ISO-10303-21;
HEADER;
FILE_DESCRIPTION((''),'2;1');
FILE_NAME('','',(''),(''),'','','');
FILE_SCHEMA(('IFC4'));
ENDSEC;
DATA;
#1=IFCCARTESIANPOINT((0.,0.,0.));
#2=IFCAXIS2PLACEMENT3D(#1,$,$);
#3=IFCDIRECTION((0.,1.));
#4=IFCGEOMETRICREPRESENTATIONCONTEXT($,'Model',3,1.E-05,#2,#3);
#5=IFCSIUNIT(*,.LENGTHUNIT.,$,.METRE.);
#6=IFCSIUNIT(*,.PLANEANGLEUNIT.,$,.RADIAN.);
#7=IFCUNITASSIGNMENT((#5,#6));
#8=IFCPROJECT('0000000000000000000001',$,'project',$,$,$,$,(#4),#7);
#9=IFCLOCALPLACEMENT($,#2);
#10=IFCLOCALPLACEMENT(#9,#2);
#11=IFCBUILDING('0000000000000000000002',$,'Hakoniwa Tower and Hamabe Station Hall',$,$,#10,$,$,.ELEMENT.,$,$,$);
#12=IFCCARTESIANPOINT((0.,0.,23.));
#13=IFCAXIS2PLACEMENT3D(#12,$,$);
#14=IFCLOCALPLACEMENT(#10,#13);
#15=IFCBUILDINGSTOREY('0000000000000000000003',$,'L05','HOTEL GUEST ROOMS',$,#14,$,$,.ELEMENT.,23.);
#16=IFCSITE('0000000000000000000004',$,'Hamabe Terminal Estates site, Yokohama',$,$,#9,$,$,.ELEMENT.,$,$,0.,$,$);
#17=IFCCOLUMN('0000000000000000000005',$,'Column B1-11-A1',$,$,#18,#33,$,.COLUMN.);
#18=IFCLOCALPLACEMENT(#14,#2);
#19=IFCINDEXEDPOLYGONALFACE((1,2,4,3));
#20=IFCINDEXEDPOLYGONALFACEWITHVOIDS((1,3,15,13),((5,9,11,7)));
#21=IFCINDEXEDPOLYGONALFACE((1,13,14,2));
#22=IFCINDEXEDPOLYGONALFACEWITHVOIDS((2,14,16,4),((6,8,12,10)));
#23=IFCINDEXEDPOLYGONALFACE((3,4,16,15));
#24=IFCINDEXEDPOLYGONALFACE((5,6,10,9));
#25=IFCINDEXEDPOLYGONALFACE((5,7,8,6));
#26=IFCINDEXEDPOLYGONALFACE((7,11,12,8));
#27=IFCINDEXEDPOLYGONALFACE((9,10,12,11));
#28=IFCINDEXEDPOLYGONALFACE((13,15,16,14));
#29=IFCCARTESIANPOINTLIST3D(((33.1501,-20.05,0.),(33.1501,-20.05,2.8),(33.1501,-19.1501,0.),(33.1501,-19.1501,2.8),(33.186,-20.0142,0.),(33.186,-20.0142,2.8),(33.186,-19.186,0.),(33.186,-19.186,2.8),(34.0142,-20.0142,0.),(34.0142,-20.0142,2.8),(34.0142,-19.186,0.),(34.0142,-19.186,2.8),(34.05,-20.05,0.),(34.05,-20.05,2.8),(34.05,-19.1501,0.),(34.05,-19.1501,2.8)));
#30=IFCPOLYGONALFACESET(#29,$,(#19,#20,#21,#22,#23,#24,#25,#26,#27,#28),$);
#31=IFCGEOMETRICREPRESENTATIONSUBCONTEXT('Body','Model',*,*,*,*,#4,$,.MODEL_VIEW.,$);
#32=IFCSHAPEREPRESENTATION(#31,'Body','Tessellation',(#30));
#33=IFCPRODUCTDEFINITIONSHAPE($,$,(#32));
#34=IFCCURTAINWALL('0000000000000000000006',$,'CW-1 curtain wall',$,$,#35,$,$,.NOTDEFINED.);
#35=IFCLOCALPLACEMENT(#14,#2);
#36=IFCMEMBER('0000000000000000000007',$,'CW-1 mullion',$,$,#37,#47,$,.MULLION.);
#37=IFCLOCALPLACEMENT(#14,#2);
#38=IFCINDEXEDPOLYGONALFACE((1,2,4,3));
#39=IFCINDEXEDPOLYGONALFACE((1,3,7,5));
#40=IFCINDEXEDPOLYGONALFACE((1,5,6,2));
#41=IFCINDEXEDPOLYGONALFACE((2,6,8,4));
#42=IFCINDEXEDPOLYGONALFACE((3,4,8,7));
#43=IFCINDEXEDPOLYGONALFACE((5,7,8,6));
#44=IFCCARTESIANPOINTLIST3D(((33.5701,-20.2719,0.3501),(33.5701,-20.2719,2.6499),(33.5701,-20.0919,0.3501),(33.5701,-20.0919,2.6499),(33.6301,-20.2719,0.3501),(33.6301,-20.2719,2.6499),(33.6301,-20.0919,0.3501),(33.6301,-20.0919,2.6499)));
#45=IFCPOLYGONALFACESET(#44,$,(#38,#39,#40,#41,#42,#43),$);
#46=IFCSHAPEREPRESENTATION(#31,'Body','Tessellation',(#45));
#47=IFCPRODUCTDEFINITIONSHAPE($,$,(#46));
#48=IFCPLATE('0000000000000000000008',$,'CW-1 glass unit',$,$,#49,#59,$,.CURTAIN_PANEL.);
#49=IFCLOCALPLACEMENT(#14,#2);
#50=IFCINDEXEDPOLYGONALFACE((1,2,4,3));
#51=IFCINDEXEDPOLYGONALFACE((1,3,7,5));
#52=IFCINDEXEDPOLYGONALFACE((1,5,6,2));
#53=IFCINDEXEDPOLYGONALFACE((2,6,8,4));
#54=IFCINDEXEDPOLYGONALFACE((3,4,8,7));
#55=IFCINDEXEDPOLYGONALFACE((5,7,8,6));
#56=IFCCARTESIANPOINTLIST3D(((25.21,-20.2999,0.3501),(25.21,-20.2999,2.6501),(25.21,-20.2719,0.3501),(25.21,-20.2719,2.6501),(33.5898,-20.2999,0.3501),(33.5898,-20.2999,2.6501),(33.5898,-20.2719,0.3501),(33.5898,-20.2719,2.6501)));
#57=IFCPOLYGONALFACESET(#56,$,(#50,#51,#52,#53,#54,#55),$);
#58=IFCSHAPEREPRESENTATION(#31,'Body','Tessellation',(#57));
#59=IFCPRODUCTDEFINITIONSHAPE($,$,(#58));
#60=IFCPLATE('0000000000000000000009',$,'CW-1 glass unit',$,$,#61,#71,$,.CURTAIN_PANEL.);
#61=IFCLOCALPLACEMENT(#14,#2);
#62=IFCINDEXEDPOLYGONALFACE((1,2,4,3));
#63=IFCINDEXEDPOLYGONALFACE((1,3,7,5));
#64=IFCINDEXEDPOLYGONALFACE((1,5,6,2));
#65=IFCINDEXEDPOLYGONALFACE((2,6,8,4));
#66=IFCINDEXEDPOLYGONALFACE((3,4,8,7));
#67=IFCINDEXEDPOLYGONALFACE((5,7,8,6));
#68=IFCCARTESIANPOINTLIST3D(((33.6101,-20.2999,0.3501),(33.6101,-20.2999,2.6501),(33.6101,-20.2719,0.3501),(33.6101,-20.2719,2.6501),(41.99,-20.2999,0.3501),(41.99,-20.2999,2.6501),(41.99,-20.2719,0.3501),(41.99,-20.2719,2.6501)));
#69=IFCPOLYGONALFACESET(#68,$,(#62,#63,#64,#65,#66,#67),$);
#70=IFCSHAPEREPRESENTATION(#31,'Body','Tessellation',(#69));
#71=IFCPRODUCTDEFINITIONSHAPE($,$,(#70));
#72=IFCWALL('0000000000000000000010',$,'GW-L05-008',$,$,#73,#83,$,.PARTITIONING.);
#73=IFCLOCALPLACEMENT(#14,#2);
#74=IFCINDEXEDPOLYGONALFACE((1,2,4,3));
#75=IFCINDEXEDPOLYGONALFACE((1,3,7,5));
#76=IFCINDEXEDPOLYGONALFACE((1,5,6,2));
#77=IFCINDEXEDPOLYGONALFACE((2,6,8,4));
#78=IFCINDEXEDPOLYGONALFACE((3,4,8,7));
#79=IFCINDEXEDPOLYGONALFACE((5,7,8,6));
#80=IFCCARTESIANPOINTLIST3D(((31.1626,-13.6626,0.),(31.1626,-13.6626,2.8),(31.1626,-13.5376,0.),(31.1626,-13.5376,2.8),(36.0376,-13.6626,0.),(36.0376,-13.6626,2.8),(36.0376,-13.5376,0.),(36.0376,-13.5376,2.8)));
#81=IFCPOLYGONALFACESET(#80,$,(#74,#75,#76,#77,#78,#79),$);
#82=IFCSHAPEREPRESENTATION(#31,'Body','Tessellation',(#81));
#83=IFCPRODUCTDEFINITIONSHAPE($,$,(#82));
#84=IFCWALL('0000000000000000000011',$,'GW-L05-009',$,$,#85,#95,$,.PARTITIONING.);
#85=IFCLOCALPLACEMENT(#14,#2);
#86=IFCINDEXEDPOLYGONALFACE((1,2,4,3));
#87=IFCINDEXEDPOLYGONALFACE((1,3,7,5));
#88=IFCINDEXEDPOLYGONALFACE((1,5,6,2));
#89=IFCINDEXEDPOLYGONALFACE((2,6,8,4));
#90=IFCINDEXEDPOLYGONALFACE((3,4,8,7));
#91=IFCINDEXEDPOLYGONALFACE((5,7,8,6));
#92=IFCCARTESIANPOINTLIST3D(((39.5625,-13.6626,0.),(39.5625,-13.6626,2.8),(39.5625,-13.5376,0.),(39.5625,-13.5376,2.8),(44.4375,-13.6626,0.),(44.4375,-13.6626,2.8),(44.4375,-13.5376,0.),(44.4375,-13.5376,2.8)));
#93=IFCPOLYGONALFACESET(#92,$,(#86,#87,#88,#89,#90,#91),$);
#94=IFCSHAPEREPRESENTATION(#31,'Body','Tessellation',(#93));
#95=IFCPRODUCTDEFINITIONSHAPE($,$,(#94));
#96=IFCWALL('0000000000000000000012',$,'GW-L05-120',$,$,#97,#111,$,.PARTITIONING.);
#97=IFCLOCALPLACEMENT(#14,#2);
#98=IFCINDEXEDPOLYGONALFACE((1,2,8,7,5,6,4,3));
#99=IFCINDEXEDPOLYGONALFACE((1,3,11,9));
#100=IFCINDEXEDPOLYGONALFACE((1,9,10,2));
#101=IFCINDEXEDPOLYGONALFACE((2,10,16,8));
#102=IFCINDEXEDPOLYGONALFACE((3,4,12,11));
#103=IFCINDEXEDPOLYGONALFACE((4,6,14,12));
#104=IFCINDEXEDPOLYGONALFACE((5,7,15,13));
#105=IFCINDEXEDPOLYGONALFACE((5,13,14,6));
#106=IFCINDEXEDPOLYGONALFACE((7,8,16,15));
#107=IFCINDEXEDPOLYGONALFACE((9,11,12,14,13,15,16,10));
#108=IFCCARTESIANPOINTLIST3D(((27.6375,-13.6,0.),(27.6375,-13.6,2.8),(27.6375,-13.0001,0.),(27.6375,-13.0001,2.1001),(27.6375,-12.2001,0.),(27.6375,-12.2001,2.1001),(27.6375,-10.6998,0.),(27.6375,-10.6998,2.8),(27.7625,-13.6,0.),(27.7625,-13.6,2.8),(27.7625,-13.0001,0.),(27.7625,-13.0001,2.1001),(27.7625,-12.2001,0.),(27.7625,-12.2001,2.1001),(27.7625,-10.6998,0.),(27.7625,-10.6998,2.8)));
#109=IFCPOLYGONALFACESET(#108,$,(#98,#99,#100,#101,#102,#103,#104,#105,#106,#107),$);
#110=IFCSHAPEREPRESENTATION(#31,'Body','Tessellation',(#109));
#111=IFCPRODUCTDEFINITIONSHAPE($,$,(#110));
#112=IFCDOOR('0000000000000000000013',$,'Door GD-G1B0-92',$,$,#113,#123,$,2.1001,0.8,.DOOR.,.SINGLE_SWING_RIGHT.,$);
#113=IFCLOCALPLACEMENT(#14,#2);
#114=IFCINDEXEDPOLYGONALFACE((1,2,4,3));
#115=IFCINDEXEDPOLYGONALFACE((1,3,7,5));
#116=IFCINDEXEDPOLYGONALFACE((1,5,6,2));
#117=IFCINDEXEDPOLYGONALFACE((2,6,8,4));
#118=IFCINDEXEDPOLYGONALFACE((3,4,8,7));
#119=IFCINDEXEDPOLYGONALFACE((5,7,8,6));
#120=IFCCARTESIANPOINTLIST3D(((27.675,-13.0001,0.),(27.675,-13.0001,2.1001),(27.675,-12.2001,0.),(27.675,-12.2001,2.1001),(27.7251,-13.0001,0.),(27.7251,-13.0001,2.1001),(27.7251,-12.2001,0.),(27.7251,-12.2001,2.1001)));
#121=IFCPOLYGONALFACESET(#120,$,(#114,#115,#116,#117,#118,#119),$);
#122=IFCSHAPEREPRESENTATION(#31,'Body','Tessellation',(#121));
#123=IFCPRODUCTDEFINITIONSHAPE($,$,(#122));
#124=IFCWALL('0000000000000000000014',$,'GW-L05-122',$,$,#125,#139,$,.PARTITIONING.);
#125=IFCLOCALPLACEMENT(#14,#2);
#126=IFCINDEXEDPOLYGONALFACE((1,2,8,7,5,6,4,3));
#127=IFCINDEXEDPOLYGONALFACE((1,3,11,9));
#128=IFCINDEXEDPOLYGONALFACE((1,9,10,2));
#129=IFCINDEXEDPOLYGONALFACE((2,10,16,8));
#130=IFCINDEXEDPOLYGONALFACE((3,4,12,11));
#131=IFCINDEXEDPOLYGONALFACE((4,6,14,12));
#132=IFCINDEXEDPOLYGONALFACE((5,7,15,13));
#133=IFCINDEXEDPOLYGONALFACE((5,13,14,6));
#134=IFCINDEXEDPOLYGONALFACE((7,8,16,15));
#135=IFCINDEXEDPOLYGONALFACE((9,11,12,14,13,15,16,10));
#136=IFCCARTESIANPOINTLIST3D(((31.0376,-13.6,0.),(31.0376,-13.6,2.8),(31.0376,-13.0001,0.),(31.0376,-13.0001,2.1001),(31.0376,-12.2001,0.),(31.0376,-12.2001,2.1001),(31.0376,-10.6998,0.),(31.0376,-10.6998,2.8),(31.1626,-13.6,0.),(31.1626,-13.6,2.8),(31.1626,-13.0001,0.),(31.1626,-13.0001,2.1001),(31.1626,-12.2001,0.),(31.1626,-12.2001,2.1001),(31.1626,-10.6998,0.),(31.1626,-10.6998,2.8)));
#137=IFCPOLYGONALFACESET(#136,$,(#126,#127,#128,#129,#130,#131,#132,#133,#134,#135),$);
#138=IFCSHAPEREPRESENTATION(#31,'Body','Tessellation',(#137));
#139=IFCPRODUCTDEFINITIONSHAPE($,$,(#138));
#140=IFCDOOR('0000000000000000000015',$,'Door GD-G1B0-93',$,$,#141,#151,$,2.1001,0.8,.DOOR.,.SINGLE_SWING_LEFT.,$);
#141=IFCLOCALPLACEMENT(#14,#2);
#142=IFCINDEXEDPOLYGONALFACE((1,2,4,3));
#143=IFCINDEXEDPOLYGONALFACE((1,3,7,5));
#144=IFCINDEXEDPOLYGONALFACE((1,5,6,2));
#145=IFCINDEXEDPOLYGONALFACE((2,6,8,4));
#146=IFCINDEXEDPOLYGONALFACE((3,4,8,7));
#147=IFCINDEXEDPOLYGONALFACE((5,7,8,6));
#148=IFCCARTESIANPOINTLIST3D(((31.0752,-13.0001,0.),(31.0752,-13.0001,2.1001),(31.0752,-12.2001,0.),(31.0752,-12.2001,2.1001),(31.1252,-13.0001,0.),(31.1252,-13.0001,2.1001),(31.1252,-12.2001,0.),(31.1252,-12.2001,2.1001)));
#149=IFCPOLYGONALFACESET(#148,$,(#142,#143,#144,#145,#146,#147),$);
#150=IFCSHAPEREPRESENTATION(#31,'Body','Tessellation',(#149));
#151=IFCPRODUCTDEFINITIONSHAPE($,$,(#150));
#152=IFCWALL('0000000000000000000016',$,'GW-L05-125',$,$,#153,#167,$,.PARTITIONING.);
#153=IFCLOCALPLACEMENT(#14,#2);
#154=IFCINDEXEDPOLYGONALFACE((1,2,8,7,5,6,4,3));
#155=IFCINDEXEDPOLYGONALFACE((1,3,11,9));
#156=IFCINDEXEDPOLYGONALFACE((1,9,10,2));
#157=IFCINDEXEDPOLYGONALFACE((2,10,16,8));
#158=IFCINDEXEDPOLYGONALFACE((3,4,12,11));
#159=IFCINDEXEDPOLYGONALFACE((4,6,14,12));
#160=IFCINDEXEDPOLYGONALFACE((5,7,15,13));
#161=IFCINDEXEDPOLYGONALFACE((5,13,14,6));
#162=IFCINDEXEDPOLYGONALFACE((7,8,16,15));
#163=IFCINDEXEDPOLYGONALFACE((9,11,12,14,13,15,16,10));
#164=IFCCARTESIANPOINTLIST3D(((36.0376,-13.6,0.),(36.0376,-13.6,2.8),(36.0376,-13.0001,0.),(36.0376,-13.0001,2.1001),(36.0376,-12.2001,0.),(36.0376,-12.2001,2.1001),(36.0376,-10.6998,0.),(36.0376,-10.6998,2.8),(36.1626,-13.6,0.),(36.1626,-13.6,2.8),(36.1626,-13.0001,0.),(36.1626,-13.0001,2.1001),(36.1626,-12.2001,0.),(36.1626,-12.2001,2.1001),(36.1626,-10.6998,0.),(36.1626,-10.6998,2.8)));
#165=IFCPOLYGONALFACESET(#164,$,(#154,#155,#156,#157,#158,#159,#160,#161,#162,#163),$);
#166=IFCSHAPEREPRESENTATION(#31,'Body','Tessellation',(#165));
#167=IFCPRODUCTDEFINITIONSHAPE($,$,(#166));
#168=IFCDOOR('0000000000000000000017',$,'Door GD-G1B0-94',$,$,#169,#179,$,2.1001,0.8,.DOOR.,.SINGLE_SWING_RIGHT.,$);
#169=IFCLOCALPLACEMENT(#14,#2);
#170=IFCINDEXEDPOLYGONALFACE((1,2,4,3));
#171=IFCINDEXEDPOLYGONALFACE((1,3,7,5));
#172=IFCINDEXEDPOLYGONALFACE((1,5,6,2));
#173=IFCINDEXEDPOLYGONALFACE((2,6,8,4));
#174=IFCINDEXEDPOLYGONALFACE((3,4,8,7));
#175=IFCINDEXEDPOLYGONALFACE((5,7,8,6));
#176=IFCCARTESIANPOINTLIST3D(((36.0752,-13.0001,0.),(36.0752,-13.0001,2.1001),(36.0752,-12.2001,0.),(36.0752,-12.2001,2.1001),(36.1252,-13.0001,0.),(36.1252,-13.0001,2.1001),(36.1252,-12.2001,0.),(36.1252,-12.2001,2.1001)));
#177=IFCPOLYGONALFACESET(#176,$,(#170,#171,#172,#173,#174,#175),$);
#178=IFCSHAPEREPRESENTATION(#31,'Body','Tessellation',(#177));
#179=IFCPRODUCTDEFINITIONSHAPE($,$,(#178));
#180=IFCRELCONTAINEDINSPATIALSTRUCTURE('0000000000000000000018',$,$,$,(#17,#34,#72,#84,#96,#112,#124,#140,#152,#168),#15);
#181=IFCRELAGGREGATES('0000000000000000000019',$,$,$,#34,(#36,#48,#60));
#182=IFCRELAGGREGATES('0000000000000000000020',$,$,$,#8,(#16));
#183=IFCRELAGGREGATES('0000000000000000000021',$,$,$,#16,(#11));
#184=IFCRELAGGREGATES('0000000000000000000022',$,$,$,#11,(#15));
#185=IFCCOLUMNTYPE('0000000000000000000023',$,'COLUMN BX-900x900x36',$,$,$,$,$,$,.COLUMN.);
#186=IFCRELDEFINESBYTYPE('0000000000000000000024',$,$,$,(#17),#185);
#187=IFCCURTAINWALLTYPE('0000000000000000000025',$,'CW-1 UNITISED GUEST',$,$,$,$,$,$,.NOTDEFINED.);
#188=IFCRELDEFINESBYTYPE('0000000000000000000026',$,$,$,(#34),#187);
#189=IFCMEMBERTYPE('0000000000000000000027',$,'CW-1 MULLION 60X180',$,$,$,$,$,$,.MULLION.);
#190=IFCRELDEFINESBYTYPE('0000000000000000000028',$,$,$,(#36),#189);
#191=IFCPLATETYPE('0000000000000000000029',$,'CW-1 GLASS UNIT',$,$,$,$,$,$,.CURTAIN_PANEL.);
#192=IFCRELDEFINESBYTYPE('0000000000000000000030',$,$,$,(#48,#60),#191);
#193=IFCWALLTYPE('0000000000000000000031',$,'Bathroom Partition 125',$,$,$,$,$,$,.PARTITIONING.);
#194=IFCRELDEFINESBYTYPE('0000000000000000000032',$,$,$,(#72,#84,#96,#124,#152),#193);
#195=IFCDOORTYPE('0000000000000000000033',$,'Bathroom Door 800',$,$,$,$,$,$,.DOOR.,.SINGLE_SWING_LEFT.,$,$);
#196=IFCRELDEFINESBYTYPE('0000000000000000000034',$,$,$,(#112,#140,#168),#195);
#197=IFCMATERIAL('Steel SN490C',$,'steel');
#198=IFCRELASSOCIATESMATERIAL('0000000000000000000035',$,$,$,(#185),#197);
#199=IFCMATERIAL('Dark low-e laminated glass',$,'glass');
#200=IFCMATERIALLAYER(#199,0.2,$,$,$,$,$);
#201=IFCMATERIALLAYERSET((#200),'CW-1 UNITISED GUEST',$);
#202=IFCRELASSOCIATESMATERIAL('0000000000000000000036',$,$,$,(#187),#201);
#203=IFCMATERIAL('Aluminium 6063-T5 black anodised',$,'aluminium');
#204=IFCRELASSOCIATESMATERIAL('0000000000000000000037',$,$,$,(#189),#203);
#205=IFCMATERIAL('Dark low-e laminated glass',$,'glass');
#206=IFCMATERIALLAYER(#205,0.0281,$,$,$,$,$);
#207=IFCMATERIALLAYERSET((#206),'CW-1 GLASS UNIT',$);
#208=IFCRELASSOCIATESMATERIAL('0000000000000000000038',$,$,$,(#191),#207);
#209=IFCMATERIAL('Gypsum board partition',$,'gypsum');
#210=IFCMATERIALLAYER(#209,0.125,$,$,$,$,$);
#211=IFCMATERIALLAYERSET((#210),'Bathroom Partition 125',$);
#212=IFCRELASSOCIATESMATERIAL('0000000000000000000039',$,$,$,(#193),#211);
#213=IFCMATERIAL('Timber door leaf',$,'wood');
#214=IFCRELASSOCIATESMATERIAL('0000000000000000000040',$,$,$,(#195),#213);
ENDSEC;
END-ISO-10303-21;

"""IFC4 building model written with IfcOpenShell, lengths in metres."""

from ifc_helpers import new_model, si_unit, direction, frame, frame_2d, origin, origin_2d, place, context, subcontext, project, spatial, rectangle, hollow_rectangle, extrude, material, layer, layer_set, material_profile, profile_set, type_object, element, fill, aggregate, save


model = new_model("IFC4")

# Units and contexts
model_context = context("Model", 3, precision=1e-05, world=origin(), true_north=direction((0.0, 1.0)))
body_context = subcontext(model_context, "Body", "Model", "MODEL_VIEW")
ifc_project = project(units=[si_unit("LENGTHUNIT", "METRE"), si_unit("PLANEANGLEUNIT", "RADIAN")], contexts=[model_context])

# Site, building, storey
site_placement = place(None, origin())
site = spatial("IfcSite", under=ifc_project, at=site_placement, Name="Hamabe Terminal Estates site, Yokohama", CompositionType="ELEMENT", RefElevation=0.0)
building_placement = place(site_placement, origin())
building = spatial("IfcBuilding", under=site, at=building_placement, Name="Hakoniwa Tower and Hamabe Station Hall", CompositionType="ELEMENT")
storey_placement = place(building_placement, frame((0.0, 0.0, 23.0)))
storey = spatial("IfcBuildingStorey", under=building, at=storey_placement, Name="L05", Description="HOTEL GUEST ROOMS", CompositionType="ELEMENT", Elevation=23.0)

# Column
ifc_material_1 = material(Name="Steel SN490C", Category="steel")
ifc_material_profile_1 = material_profile(ifc_material_1, hollow_rectangle(XDim=0.8999, YDim=0.8999, WallThickness=0.0359, at=origin_2d()), Name="BX-900x900x36")
ifc_profile_set_1 = profile_set([ifc_material_profile_1], Name="Steel SN490C")
column_type = type_object("IfcColumnType", Name="COLUMN BX-900x900x36", PredefinedType="COLUMN", material=ifc_profile_set_1)
column_placement = place(storey_placement, frame((33.6001, -19.6001, 0.0), z_axis=(0.0, 0.0, 1.0), x_axis=(1.0, 0.0, 0.0)))
element("IfcColumn", 1, at=column_placement, inside=storey, type_object=column_type, Name="Column B1-11-A1", PredefinedType="COLUMN", context=body_context, shape_type="SweptSolid", body=[
    extrude(hollow_rectangle(XDim=0.8999, YDim=0.8999, WallThickness=0.0359, at=origin_2d()), origin(), (0.0, 0.0, 1.0), 2.8),
])

# Curtain wall, member, plates
ifc_material_2 = material(Name="Dark low-e laminated glass", Category="glass")
ifc_layer_1 = layer(ifc_material_2, 0.2)
ifc_layer_set_1 = layer_set([ifc_layer_1], Name="CW-1 UNITISED GUEST")
curtain_wall_type = type_object("IfcCurtainWallType", Name="CW-1 UNITISED GUEST", PredefinedType="NOTDEFINED", material=ifc_layer_set_1)
curtain_wall_placement = place(storey_placement, origin())
curtain_wall = element("IfcCurtainWall", 2, at=curtain_wall_placement, inside=storey, type_object=curtain_wall_type, Name="CW-1 curtain wall", PredefinedType="NOTDEFINED")
ifc_material_3 = material(Name="Aluminium 6063-T5 black anodised", Category="aluminium")
ifc_material_profile_2 = material_profile(ifc_material_3, rectangle(XDim=0.0601, YDim=0.1799, at=origin_2d()), Name="CW-1 MULLION 60X180")
ifc_profile_set_2 = profile_set([ifc_material_profile_2], Name="Aluminium 6063-T5 black anodised")
member_type = type_object("IfcMemberType", Name="CW-1 MULLION 60X180", PredefinedType="MULLION", material=ifc_profile_set_2)
member_placement = place(storey_placement, frame((33.6001, -20.1819, 0.3501), z_axis=(0.0, 0.0, 1.0), x_axis=(1.0, 0.0, 0.0)))
member = element("IfcMember", 3, at=member_placement, type_object=member_type, Name="CW-1 mullion", PredefinedType="MULLION", context=body_context, shape_type="SweptSolid", body=[
    extrude(rectangle(XDim=0.0601, YDim=0.1799, at=origin_2d()), origin(), (0.0, 0.0, 1.0), 2.2998),
])
ifc_material_4 = material(Name="Dark low-e laminated glass", Category="glass")
ifc_layer_2 = layer(ifc_material_4, 0.0281)
ifc_layer_set_2 = layer_set([ifc_layer_2], Name="CW-1 GLASS UNIT")
plate_type = type_object("IfcPlateType", Name="CW-1 GLASS UNIT", PredefinedType="CURTAIN_PANEL", material=ifc_layer_set_2)
plate_1_placement = place(storey_placement, frame((29.3999, -20.2859, 0.3501), z_axis=(0.0, 0.0, 1.0), x_axis=(1.0, 0.0, 0.0)))
plate_1 = element("IfcPlate", 4, at=plate_1_placement, type_object=plate_type, Name="CW-1 glass unit", PredefinedType="CURTAIN_PANEL", context=body_context, shape_type="SweptSolid", body=[
    extrude(rectangle(XDim=8.3799, YDim=0.0281, at=origin_2d()), origin(), (0.0, 0.0, 1.0), 2.3),
])
plate_2_placement = place(storey_placement, frame((37.8, -20.2859, 0.3501), z_axis=(0.0, 0.0, 1.0), x_axis=(1.0, 0.0, 0.0)))
plate_2 = element("IfcPlate", 5, at=plate_2_placement, type_object=plate_type, Name="CW-1 glass unit", PredefinedType="CURTAIN_PANEL", context=body_context, shape_type="SweptSolid", body=[
    extrude(rectangle(XDim=8.3799, YDim=0.0281, at=origin_2d()), origin(), (0.0, 0.0, 1.0), 2.3),
])
aggregate(curtain_wall, [member, plate_1, plate_2])

# Walls
ifc_material_5 = material(Name="Gypsum board partition", Category="gypsum")
ifc_layer_3 = layer(ifc_material_5, 0.125)
ifc_layer_set_3 = layer_set([ifc_layer_3], Name="Bathroom Partition 125")
wall_type_1 = type_object("IfcWallType", Name="Bathroom Partition 125", PredefinedType="PARTITIONING", material=ifc_layer_set_3)
for number, where, z_axis, x_axis, name in (
    (6, (31.1626, -13.6001, 0.0), (0.0, 0.0, 1.0), (1.0, 0.0, 0.0), "GW-L05-008"),
    (7, (39.5625, -13.6001, 0.0), (0.0, 0.0, 1.0), (1.0, 0.0, 0.0), "GW-L05-009"),
):
    element("IfcWall", number, at=place(storey_placement, frame(where, z_axis=z_axis, x_axis=x_axis)), inside=storey, type_object=wall_type_1, Name=name, PredefinedType="PARTITIONING", context=body_context, shape_type="SweptSolid", body=[
        extrude(rectangle(XDim=4.875, YDim=0.125, at=frame_2d((2.4375, 0.0))), origin(), (0.0, 0.0, 1.0), 2.8),
    ])

# Walls, openings, doors
wall_1_placement = place(storey_placement, frame((27.7, -13.6001, 0.0), z_axis=(0.0, 0.0, 1.0), x_axis=(0.0, 1.0, 0.0)))
wall_1 = element("IfcWall", 8, at=wall_1_placement, inside=storey, type_object=wall_type_1, Name="GW-L05-120", PredefinedType="PARTITIONING", context=body_context, shape_type="SweptSolid", body=[
    extrude(rectangle(XDim=2.9001, YDim=0.125, at=frame_2d((1.4502, 0.0))), origin(), (0.0, 0.0, 1.0), 2.8),
])
opening_1_placement = place(wall_1_placement, frame((0.6001, 0.0, 0.0)))
opening_1 = element("IfcOpeningElement", 9, at=opening_1_placement, cuts=wall_1, PredefinedType="OPENING", context=body_context, shape_type="SweptSolid", body=[
    extrude(rectangle(XDim=0.8, YDim=2.1001, at=frame_2d((0.3999, 1.05))), frame((0.0, 0.0725, 0.0), z_axis=(0.0, -1.0, 0.0), x_axis=(1.0, 0.0, 0.0)), (0.0, 0.0, 1.0), 0.145),
])
ifc_material_6 = material(Name="Timber door leaf", Category="wood")
door_type_1 = type_object("IfcDoorType", Name="Bathroom Door 800", OperationType="SINGLE_SWING_LEFT", PredefinedType="DOOR", material=ifc_material_6)
door_1_placement = place(opening_1_placement, origin())
door_1 = element("IfcDoor", 10, at=door_1_placement, inside=storey, type_object=door_type_1, Name="Door GD-G1B0-92", OperationType="SINGLE_SWING_RIGHT", OverallHeight=2.1001, OverallWidth=0.8, PredefinedType="DOOR", context=body_context, shape_type="SweptSolid", body=[
    extrude(rectangle(XDim=0.8, YDim=2.1001, at=frame_2d((0.3999, 1.05))), frame((0.0, 0.0249, 0.0), z_axis=(0.0, -1.0, 0.0), x_axis=(1.0, 0.0, 0.0)), (0.0, 0.0, 1.0), 0.05),
])
fill(opening_1, door_1)
wall_2_placement = place(storey_placement, frame((31.1001, -13.6001, 0.0), z_axis=(0.0, 0.0, 1.0), x_axis=(0.0, 1.0, 0.0)))
wall_2 = element("IfcWall", 11, at=wall_2_placement, inside=storey, type_object=wall_type_1, Name="GW-L05-122", PredefinedType="PARTITIONING", context=body_context, shape_type="SweptSolid", body=[
    extrude(rectangle(XDim=2.9001, YDim=0.125, at=frame_2d((1.4502, 0.0))), origin(), (0.0, 0.0, 1.0), 2.8),
])
opening_2_placement = place(wall_2_placement, frame((0.6001, 0.0, 0.0)))
opening_2 = element("IfcOpeningElement", 12, at=opening_2_placement, cuts=wall_2, PredefinedType="OPENING", context=body_context, shape_type="SweptSolid", body=[
    extrude(rectangle(XDim=0.8, YDim=2.1001, at=frame_2d((0.3999, 1.05))), frame((0.0, 0.0725, 0.0), z_axis=(0.0, -1.0, 0.0), x_axis=(1.0, 0.0, 0.0)), (0.0, 0.0, 1.0), 0.145),
])
door_2_placement = place(opening_2_placement, origin())
door_2 = element("IfcDoor", 13, at=door_2_placement, inside=storey, type_object=door_type_1, Name="Door GD-G1B0-93", OperationType="SINGLE_SWING_LEFT", OverallHeight=2.1001, OverallWidth=0.8, PredefinedType="DOOR", context=body_context, shape_type="SweptSolid", body=[
    extrude(rectangle(XDim=0.8, YDim=2.1001, at=frame_2d((0.3999, 1.05))), frame((0.0, 0.0249, 0.0), z_axis=(0.0, -1.0, 0.0), x_axis=(1.0, 0.0, 0.0)), (0.0, 0.0, 1.0), 0.05),
])
fill(opening_2, door_2)
wall_3_placement = place(storey_placement, frame((36.1001, -13.6001, 0.0), z_axis=(0.0, 0.0, 1.0), x_axis=(0.0, 1.0, 0.0)))
wall_3 = element("IfcWall", 14, at=wall_3_placement, inside=storey, type_object=wall_type_1, Name="GW-L05-125", PredefinedType="PARTITIONING", context=body_context, shape_type="SweptSolid", body=[
    extrude(rectangle(XDim=2.9001, YDim=0.125, at=frame_2d((1.4502, 0.0))), origin(), (0.0, 0.0, 1.0), 2.8),
])
opening_3_placement = place(wall_3_placement, frame((0.6001, 0.0, 0.0)))
opening_3 = element("IfcOpeningElement", 15, at=opening_3_placement, cuts=wall_3, PredefinedType="OPENING", context=body_context, shape_type="SweptSolid", body=[
    extrude(rectangle(XDim=0.8, YDim=2.1001, at=frame_2d((0.3999, 1.05))), frame((0.0, 0.0725, 0.0), z_axis=(0.0, -1.0, 0.0), x_axis=(1.0, 0.0, 0.0)), (0.0, 0.0, 1.0), 0.145),
])
door_3_placement = place(opening_3_placement, origin())
door_3 = element("IfcDoor", 16, at=door_3_placement, inside=storey, type_object=door_type_1, Name="Door GD-G1B0-94", OperationType="SINGLE_SWING_RIGHT", OverallHeight=2.1001, OverallWidth=0.8, PredefinedType="DOOR", context=body_context, shape_type="SweptSolid", body=[
    extrude(rectangle(XDim=0.8, YDim=2.1001, at=frame_2d((0.3999, 1.05))), frame((0.0, 0.0249, 0.0), z_axis=(0.0, -1.0, 0.0), x_axis=(1.0, 0.0, 0.0)), (0.0, 0.0, 1.0), 0.05),
])
fill(opening_3, door_3)

save(model, "model.ifc")
